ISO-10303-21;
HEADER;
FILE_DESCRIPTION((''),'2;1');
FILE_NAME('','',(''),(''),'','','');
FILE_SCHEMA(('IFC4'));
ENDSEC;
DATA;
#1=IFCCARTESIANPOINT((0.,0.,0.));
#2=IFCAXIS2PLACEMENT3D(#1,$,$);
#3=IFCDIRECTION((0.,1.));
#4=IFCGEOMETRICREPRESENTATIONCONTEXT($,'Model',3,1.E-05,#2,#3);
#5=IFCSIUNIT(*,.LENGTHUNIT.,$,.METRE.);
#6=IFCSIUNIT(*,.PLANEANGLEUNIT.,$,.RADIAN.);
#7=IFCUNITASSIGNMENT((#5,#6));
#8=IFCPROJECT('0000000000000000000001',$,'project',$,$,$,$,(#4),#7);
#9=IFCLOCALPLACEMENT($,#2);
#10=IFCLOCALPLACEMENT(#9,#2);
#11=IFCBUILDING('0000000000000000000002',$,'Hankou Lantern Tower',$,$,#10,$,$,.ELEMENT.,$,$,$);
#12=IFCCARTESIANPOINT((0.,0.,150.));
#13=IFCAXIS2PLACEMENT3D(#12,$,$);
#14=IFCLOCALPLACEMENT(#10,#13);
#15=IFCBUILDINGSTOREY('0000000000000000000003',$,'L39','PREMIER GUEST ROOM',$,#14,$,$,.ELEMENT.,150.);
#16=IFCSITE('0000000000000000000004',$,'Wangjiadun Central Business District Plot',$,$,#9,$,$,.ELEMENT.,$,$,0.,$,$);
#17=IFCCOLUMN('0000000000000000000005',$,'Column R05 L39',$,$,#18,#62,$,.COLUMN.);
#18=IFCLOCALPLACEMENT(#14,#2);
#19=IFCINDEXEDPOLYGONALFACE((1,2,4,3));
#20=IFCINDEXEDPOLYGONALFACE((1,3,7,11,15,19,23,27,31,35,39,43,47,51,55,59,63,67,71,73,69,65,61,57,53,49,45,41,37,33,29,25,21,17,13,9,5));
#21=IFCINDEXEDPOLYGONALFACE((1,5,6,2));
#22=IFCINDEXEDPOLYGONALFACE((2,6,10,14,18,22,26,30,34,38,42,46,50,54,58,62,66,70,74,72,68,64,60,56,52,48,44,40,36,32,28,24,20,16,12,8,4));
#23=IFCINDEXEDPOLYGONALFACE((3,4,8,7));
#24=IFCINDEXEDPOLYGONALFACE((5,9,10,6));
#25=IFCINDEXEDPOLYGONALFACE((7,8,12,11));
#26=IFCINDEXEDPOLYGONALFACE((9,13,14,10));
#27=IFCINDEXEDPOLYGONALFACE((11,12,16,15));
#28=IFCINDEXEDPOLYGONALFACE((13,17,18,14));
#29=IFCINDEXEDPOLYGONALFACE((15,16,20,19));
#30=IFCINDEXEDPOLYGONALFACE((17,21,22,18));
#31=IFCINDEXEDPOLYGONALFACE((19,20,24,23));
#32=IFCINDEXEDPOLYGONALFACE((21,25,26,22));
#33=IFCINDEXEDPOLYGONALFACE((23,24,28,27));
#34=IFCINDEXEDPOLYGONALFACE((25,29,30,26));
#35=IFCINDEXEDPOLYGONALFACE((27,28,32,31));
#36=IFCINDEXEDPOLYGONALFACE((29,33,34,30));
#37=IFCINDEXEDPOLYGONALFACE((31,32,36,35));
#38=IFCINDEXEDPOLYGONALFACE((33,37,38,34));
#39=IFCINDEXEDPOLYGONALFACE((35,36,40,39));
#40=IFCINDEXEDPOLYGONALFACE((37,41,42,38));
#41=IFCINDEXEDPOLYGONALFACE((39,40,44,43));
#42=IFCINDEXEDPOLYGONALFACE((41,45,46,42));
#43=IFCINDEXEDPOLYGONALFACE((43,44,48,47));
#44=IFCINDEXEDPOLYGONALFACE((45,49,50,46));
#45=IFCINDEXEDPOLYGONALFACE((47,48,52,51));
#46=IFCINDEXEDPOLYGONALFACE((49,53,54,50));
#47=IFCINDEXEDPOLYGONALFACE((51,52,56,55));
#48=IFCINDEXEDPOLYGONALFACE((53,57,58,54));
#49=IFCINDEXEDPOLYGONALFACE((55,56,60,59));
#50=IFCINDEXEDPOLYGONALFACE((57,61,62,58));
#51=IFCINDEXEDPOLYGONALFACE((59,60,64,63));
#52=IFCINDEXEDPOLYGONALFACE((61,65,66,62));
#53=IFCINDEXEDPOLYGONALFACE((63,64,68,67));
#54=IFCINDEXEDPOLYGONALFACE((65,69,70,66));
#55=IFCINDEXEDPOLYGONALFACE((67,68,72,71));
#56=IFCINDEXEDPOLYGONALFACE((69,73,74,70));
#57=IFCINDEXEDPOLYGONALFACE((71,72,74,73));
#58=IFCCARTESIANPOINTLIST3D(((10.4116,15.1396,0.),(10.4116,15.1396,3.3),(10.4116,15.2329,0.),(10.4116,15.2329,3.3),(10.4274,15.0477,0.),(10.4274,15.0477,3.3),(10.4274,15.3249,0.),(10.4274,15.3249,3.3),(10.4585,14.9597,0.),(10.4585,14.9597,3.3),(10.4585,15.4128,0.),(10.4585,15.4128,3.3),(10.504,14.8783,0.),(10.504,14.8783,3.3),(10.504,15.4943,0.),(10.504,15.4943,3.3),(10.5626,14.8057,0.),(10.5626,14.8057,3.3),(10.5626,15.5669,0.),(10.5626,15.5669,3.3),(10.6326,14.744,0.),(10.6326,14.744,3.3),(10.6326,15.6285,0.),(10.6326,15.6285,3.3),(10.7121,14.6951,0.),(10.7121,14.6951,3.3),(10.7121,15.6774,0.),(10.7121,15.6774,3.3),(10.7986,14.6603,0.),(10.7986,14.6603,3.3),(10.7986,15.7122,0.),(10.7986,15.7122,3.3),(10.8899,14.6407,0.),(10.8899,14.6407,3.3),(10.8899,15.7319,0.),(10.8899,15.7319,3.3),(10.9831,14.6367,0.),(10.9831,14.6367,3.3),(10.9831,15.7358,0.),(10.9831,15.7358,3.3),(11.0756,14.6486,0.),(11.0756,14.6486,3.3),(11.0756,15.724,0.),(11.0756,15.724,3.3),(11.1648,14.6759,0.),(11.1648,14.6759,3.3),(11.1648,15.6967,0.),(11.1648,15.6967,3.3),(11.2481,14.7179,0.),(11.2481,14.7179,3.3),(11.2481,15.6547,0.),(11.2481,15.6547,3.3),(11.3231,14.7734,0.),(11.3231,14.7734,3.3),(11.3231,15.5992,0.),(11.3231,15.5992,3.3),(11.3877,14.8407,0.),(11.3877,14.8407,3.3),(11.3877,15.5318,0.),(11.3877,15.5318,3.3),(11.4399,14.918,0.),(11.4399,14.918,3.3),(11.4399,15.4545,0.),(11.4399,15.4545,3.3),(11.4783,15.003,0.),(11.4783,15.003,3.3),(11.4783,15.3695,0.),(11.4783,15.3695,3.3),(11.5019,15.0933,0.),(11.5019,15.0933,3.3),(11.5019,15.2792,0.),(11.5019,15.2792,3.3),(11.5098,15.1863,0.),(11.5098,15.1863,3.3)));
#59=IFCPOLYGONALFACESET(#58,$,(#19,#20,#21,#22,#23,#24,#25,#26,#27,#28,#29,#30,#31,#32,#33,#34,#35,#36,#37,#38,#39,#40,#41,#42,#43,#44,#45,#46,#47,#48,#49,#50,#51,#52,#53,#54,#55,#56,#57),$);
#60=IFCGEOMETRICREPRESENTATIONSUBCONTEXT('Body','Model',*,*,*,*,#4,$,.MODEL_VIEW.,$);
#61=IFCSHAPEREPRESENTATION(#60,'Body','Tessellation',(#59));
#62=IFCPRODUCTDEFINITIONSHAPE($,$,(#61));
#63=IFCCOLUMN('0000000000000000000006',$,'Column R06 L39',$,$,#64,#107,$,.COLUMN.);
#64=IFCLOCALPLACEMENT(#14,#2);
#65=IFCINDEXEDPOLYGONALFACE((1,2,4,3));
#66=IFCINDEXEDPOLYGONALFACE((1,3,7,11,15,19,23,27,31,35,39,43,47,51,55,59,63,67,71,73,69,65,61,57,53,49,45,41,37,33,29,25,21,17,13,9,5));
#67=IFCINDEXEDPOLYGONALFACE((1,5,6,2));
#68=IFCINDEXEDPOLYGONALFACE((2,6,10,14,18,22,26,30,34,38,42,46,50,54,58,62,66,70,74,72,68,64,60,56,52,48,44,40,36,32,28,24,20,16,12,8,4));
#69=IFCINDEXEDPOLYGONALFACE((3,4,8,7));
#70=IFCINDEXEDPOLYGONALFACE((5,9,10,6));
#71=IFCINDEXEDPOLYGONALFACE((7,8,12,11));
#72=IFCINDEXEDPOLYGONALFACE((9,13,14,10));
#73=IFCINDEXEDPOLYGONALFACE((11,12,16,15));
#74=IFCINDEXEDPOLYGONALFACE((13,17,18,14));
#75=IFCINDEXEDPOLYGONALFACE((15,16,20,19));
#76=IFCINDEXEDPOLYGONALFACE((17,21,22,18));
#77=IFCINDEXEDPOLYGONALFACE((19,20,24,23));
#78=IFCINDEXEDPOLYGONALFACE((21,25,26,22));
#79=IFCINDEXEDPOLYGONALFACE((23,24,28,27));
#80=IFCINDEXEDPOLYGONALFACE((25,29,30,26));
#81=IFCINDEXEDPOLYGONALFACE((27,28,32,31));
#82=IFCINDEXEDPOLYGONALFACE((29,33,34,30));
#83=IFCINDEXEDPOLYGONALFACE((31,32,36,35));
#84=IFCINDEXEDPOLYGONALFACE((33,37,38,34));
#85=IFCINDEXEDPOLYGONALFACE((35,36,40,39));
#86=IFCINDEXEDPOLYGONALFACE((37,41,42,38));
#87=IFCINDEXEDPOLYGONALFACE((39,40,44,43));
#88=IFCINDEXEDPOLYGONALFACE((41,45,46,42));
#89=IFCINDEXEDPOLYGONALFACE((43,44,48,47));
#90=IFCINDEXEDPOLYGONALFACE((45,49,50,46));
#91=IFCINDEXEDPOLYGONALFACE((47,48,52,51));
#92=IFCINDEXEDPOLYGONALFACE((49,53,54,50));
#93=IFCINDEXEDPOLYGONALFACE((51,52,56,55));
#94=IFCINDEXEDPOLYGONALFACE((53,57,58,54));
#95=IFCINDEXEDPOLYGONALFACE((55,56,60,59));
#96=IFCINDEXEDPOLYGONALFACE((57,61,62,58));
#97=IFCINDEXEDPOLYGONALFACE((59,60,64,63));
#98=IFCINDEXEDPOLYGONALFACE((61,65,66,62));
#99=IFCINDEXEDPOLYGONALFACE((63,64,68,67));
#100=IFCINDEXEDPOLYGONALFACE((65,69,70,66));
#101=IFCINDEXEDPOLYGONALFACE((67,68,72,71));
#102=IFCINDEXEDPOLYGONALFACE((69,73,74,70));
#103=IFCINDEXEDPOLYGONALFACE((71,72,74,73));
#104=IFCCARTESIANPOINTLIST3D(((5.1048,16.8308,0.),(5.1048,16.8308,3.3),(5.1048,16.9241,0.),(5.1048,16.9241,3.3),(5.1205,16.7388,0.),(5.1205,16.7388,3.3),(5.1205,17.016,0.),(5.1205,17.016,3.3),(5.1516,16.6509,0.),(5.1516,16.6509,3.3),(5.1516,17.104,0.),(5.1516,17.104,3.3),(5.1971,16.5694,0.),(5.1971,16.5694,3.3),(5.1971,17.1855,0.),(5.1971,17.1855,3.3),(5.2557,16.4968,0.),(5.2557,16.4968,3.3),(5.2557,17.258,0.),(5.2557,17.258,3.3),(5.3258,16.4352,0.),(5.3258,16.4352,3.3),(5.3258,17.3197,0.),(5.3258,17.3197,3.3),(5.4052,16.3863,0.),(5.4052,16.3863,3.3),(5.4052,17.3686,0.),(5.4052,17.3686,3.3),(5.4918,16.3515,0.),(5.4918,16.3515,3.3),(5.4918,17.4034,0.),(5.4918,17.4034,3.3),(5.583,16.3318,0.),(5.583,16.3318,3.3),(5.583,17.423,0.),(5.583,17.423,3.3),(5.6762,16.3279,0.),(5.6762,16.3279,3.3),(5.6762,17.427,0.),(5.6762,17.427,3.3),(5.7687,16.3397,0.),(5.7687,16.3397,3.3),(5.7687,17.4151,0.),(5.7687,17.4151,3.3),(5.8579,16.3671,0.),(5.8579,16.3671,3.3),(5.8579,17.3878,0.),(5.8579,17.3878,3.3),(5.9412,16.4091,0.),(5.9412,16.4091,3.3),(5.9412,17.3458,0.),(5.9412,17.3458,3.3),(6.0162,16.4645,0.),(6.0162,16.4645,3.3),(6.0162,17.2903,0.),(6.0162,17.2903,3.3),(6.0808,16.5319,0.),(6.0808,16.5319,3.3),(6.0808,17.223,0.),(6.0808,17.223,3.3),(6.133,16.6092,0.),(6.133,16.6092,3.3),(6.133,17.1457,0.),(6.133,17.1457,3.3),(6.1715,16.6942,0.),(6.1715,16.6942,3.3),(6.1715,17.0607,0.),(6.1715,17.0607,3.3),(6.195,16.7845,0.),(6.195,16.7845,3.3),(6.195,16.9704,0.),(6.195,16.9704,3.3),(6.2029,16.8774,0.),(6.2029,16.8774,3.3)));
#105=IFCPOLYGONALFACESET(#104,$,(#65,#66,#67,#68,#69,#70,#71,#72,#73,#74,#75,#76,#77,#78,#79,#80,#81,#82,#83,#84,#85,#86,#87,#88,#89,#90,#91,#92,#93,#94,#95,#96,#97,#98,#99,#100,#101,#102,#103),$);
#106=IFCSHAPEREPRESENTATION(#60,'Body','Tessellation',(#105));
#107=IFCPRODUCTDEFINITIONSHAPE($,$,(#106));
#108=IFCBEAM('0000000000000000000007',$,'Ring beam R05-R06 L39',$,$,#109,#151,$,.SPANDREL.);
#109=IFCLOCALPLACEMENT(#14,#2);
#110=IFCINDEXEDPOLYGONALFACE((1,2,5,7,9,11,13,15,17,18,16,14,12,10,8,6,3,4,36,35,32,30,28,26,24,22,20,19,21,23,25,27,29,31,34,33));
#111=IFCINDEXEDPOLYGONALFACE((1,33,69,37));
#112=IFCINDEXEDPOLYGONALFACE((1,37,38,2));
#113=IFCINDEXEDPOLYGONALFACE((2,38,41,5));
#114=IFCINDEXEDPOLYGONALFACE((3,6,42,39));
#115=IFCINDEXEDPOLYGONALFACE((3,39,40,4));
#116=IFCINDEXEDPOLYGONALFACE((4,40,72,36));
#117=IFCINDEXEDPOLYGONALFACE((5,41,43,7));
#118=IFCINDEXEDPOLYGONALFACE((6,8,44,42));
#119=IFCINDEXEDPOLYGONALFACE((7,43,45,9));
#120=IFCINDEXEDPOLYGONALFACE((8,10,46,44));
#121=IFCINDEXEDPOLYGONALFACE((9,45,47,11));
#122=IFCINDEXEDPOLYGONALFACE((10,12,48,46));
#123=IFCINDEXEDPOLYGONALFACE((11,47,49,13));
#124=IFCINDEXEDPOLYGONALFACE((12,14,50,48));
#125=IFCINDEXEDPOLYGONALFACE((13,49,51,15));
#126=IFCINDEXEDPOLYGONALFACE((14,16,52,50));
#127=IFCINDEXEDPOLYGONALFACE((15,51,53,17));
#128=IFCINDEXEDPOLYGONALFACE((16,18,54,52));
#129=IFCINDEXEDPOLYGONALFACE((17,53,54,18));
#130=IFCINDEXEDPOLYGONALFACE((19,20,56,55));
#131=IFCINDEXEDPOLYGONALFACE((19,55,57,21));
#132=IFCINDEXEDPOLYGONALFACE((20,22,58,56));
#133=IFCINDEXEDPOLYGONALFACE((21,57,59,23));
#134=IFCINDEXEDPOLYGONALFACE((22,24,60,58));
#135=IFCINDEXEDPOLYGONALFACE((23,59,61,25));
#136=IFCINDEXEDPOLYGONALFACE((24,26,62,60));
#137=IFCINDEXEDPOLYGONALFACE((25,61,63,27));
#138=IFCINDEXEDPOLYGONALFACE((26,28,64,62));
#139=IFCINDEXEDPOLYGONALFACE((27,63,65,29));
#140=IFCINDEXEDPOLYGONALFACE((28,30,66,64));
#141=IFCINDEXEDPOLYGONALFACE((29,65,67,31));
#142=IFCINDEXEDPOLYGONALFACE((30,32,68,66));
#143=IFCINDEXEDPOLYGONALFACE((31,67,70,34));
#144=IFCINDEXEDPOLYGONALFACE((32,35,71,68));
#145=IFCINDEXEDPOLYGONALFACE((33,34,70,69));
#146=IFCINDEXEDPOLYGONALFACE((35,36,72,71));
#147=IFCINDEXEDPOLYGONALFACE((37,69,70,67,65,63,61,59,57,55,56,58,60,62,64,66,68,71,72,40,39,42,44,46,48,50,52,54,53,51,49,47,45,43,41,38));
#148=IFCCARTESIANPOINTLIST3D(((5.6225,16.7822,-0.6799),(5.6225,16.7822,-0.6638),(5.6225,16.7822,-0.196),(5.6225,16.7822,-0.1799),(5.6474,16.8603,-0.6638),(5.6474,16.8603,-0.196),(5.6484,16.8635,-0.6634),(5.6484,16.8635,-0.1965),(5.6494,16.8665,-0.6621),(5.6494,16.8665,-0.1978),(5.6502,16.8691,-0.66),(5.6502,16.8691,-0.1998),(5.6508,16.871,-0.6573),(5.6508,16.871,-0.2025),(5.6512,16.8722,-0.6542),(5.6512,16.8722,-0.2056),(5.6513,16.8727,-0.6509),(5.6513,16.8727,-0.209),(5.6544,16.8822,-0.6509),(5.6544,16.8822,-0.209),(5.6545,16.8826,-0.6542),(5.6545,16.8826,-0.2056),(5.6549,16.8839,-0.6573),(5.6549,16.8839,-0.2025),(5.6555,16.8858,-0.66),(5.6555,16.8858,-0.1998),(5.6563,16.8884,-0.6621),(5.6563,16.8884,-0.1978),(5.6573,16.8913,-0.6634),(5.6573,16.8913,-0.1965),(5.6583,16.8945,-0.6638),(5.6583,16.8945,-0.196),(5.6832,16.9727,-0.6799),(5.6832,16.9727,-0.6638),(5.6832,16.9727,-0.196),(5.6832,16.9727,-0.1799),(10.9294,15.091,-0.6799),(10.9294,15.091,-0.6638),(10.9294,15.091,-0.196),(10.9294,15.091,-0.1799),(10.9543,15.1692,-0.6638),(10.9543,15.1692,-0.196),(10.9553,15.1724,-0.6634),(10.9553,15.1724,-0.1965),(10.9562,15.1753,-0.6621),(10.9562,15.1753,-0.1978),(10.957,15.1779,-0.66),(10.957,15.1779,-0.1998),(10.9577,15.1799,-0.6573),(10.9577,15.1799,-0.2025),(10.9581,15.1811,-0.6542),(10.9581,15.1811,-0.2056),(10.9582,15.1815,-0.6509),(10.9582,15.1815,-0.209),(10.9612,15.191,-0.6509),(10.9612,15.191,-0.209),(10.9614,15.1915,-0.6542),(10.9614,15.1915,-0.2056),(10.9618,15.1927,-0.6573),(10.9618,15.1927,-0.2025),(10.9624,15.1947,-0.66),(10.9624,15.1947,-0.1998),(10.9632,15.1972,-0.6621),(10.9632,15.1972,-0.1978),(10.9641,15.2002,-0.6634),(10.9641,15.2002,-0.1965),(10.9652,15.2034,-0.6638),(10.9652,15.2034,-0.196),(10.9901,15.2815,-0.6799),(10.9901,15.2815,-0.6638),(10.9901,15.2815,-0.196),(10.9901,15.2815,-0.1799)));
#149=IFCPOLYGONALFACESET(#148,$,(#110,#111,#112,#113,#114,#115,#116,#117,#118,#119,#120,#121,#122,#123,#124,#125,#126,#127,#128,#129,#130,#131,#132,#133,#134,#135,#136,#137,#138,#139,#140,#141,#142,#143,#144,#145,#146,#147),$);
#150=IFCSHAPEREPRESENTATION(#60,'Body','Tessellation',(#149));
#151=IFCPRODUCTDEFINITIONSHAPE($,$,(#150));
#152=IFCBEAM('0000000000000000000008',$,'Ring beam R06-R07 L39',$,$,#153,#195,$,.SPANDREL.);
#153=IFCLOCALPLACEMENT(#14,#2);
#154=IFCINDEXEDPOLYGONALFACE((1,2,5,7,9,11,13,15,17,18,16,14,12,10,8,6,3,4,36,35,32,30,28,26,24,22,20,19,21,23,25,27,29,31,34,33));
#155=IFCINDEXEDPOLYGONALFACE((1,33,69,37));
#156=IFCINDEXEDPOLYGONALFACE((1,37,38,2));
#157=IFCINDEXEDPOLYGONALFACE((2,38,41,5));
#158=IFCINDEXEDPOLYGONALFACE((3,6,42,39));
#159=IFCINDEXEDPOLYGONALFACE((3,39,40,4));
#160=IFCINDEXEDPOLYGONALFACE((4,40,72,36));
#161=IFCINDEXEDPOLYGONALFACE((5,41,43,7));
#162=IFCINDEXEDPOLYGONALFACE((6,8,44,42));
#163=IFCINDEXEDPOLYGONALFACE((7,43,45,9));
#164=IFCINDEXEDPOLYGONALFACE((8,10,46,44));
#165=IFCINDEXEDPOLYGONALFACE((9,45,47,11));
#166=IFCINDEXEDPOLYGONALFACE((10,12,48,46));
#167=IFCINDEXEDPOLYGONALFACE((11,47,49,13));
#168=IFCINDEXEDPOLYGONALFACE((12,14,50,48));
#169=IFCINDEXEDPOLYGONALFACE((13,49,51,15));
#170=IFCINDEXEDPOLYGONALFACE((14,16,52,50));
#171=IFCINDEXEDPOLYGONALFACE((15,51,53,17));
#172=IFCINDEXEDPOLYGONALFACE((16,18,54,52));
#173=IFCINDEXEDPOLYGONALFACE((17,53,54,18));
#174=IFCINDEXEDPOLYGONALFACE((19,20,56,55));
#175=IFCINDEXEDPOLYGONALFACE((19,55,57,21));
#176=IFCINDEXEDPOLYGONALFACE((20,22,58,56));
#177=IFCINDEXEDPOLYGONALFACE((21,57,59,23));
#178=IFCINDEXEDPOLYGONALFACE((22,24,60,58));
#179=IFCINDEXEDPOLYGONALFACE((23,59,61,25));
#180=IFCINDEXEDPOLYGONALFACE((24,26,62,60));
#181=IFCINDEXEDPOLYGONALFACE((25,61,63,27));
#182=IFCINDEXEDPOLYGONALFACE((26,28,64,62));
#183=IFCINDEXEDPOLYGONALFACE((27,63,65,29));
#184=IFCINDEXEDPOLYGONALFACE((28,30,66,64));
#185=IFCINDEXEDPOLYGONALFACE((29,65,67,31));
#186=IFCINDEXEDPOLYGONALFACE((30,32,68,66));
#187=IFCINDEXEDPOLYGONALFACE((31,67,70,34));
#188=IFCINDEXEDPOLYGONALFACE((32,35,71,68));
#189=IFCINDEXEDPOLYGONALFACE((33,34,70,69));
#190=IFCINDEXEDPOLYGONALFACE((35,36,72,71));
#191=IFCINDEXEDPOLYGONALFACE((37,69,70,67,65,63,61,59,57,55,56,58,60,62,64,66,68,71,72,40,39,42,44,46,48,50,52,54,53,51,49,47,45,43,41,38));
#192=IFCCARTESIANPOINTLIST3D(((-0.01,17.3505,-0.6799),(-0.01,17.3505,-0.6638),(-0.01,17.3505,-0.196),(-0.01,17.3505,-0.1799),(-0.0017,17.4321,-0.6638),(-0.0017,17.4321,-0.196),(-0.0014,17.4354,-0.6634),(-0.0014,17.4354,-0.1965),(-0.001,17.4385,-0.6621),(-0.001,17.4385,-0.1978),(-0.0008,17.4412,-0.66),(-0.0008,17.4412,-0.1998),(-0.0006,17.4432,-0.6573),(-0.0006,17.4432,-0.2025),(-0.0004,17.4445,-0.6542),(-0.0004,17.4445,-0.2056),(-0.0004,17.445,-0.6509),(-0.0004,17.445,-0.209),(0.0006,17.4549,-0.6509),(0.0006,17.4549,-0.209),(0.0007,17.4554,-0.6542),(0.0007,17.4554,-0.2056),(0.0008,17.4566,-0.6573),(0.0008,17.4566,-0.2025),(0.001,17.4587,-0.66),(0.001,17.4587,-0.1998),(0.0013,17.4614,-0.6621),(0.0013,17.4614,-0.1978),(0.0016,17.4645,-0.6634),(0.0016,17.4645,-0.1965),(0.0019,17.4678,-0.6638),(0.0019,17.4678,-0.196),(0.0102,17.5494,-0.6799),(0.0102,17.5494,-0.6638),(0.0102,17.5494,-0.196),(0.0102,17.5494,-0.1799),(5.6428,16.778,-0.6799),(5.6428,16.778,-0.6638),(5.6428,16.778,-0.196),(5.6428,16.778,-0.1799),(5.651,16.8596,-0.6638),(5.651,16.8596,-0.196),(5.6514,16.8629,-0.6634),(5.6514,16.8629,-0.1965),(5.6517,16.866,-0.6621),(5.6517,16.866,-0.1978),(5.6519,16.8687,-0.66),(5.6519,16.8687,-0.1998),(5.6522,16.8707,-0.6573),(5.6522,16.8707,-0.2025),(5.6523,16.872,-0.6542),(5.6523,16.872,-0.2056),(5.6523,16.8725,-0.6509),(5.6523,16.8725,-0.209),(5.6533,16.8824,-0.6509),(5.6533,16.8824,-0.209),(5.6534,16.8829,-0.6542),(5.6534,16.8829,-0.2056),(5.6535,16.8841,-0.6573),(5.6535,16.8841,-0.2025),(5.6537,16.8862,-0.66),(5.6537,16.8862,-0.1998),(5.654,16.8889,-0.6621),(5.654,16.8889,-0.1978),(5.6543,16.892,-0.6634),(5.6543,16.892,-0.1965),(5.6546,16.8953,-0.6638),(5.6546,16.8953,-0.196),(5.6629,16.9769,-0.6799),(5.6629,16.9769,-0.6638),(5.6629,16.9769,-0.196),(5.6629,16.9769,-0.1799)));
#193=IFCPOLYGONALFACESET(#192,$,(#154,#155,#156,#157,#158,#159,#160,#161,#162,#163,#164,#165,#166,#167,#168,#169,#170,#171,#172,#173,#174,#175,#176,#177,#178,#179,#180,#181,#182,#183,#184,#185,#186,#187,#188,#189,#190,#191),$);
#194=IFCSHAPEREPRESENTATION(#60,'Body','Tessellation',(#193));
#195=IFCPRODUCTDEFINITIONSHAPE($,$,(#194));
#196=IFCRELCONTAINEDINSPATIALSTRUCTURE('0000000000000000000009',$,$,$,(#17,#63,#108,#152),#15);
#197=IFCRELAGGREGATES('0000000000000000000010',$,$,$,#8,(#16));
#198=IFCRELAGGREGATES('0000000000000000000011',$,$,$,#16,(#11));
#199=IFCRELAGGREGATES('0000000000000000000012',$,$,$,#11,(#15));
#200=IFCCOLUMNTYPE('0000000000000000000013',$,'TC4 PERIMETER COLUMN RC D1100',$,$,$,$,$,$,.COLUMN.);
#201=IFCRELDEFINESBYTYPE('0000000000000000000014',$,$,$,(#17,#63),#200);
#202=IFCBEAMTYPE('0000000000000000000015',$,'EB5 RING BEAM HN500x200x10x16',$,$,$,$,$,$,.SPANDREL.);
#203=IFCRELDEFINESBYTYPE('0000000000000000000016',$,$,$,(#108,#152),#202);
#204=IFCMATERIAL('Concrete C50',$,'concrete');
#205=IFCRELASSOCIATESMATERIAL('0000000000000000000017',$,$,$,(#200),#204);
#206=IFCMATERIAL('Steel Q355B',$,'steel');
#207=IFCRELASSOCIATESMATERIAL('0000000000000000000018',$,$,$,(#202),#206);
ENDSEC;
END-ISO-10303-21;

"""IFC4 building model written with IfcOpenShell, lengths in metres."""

from ifc_helpers import new_model, si_unit, direction, frame, origin, origin_2d, place, context, subcontext, project, spatial, circle, i_section, extrude, material, material_profile, profile_set, type_object, element, save


model = new_model("IFC4")

# Units and contexts
model_context = context("Model", 3, precision=1e-05, world=origin(), true_north=direction((0.0, 1.0)))
body_context = subcontext(model_context, "Body", "Model", "MODEL_VIEW")
ifc_project = project(units=[si_unit("LENGTHUNIT", "METRE"), si_unit("PLANEANGLEUNIT", "RADIAN")], contexts=[model_context])

# Site, building, storey
site_placement = place(None, origin())
site = spatial("IfcSite", under=ifc_project, at=site_placement, Name="Wangjiadun Central Business District Plot", CompositionType="ELEMENT", RefElevation=0.0)
building_placement = place(site_placement, origin())
building = spatial("IfcBuilding", under=site, at=building_placement, Name="Hankou Lantern Tower", CompositionType="ELEMENT")
storey_placement = place(building_placement, frame((0.0, 0.0, 150.0)))
storey = spatial("IfcBuildingStorey", under=building, at=storey_placement, Name="L39", Description="PREMIER GUEST ROOM", CompositionType="ELEMENT", Elevation=150.0)

# Columns
ifc_material_1 = material(Name="Concrete C50", Category="concrete")
ifc_material_profile_1 = material_profile(ifc_material_1, circle(Radius=0.55, at=origin_2d()), Name="RC D1100")
ifc_profile_set_1 = profile_set([ifc_material_profile_1], Name="Concrete C50")
column_type = type_object("IfcColumnType", Name="TC4 PERIMETER COLUMN RC D1100", PredefinedType="COLUMN", material=ifc_profile_set_1)
for number, where, z_axis, x_axis, name in (
    (1, (10.9597, 15.1863, 0.0), (0.0, 0.0, 1.0), (1.0, 0.0, 0.0), "Column R05 L39"),
    (2, (5.6528, 16.8774, 0.0), (0.0, 0.0, 1.0), (1.0, 0.0, 0.0), "Column R06 L39"),
):
    element("IfcColumn", number, at=place(storey_placement, frame(where, z_axis=z_axis, x_axis=x_axis)), inside=storey, type_object=column_type, Name=name, PredefinedType="COLUMN", context=body_context, shape_type="SweptSolid", body=[
        extrude(circle(Radius=0.55, at=origin_2d()), origin(), (0.0, 0.0, 1.0), 3.3),
    ])

# Beams
ifc_material_2 = material(Name="Steel Q355B", Category="steel")
ifc_material_profile_2 = material_profile(ifc_material_2, i_section(OverallWidth=0.2, OverallDepth=0.5, WebThickness=0.01, FlangeThickness=0.0161, FilletRadius=0.0129, at=origin_2d()), Name="HN500x200x10x16")
ifc_profile_set_2 = profile_set([ifc_material_profile_2], Name="Steel Q355B")
beam_type_1 = type_object("IfcBeamType", Name="EB5 RING BEAM HN500x200x10x16", PredefinedType="SPANDREL", material=ifc_profile_set_2)
beam_1_placement = place(storey_placement, frame((10.9597, 15.1863, -0.4299), z_axis=(-0.95279, 0.303629, 0.0), x_axis=(-0.303629, -0.95279, 0.0)))
element("IfcBeam", 3, at=beam_1_placement, inside=storey, type_object=beam_type_1, Name="Ring beam R05-R06 L39", PredefinedType="SPANDREL", context=body_context, shape_type="SweptSolid", body=[
    extrude(i_section(OverallWidth=0.2, OverallDepth=0.5, WebThickness=0.01, FlangeThickness=0.0161, FilletRadius=0.0129, at=origin_2d()), origin(), (0.0, 0.0, 1.0), 5.5698),
])
for number, where, z_axis, x_axis, name in (
    (4, (5.6528, 16.8774, -0.4299), (-0.99491, 0.100763, 0.0), (-0.100763, -0.99491, 0.0), "Ring beam R06-R07 L39"),
):
    element("IfcBeam", number, at=place(storey_placement, frame(where, z_axis=z_axis, x_axis=x_axis)), inside=storey, type_object=beam_type_1, Name=name, PredefinedType="SPANDREL", context=body_context, shape_type="SweptSolid", body=[
        extrude(i_section(OverallWidth=0.2, OverallDepth=0.5, WebThickness=0.01, FlangeThickness=0.0161, FilletRadius=0.0129, at=origin_2d()), origin(), (0.0, 0.0, 1.0), 5.6816),
    ])

save(model, "model.ifc")
